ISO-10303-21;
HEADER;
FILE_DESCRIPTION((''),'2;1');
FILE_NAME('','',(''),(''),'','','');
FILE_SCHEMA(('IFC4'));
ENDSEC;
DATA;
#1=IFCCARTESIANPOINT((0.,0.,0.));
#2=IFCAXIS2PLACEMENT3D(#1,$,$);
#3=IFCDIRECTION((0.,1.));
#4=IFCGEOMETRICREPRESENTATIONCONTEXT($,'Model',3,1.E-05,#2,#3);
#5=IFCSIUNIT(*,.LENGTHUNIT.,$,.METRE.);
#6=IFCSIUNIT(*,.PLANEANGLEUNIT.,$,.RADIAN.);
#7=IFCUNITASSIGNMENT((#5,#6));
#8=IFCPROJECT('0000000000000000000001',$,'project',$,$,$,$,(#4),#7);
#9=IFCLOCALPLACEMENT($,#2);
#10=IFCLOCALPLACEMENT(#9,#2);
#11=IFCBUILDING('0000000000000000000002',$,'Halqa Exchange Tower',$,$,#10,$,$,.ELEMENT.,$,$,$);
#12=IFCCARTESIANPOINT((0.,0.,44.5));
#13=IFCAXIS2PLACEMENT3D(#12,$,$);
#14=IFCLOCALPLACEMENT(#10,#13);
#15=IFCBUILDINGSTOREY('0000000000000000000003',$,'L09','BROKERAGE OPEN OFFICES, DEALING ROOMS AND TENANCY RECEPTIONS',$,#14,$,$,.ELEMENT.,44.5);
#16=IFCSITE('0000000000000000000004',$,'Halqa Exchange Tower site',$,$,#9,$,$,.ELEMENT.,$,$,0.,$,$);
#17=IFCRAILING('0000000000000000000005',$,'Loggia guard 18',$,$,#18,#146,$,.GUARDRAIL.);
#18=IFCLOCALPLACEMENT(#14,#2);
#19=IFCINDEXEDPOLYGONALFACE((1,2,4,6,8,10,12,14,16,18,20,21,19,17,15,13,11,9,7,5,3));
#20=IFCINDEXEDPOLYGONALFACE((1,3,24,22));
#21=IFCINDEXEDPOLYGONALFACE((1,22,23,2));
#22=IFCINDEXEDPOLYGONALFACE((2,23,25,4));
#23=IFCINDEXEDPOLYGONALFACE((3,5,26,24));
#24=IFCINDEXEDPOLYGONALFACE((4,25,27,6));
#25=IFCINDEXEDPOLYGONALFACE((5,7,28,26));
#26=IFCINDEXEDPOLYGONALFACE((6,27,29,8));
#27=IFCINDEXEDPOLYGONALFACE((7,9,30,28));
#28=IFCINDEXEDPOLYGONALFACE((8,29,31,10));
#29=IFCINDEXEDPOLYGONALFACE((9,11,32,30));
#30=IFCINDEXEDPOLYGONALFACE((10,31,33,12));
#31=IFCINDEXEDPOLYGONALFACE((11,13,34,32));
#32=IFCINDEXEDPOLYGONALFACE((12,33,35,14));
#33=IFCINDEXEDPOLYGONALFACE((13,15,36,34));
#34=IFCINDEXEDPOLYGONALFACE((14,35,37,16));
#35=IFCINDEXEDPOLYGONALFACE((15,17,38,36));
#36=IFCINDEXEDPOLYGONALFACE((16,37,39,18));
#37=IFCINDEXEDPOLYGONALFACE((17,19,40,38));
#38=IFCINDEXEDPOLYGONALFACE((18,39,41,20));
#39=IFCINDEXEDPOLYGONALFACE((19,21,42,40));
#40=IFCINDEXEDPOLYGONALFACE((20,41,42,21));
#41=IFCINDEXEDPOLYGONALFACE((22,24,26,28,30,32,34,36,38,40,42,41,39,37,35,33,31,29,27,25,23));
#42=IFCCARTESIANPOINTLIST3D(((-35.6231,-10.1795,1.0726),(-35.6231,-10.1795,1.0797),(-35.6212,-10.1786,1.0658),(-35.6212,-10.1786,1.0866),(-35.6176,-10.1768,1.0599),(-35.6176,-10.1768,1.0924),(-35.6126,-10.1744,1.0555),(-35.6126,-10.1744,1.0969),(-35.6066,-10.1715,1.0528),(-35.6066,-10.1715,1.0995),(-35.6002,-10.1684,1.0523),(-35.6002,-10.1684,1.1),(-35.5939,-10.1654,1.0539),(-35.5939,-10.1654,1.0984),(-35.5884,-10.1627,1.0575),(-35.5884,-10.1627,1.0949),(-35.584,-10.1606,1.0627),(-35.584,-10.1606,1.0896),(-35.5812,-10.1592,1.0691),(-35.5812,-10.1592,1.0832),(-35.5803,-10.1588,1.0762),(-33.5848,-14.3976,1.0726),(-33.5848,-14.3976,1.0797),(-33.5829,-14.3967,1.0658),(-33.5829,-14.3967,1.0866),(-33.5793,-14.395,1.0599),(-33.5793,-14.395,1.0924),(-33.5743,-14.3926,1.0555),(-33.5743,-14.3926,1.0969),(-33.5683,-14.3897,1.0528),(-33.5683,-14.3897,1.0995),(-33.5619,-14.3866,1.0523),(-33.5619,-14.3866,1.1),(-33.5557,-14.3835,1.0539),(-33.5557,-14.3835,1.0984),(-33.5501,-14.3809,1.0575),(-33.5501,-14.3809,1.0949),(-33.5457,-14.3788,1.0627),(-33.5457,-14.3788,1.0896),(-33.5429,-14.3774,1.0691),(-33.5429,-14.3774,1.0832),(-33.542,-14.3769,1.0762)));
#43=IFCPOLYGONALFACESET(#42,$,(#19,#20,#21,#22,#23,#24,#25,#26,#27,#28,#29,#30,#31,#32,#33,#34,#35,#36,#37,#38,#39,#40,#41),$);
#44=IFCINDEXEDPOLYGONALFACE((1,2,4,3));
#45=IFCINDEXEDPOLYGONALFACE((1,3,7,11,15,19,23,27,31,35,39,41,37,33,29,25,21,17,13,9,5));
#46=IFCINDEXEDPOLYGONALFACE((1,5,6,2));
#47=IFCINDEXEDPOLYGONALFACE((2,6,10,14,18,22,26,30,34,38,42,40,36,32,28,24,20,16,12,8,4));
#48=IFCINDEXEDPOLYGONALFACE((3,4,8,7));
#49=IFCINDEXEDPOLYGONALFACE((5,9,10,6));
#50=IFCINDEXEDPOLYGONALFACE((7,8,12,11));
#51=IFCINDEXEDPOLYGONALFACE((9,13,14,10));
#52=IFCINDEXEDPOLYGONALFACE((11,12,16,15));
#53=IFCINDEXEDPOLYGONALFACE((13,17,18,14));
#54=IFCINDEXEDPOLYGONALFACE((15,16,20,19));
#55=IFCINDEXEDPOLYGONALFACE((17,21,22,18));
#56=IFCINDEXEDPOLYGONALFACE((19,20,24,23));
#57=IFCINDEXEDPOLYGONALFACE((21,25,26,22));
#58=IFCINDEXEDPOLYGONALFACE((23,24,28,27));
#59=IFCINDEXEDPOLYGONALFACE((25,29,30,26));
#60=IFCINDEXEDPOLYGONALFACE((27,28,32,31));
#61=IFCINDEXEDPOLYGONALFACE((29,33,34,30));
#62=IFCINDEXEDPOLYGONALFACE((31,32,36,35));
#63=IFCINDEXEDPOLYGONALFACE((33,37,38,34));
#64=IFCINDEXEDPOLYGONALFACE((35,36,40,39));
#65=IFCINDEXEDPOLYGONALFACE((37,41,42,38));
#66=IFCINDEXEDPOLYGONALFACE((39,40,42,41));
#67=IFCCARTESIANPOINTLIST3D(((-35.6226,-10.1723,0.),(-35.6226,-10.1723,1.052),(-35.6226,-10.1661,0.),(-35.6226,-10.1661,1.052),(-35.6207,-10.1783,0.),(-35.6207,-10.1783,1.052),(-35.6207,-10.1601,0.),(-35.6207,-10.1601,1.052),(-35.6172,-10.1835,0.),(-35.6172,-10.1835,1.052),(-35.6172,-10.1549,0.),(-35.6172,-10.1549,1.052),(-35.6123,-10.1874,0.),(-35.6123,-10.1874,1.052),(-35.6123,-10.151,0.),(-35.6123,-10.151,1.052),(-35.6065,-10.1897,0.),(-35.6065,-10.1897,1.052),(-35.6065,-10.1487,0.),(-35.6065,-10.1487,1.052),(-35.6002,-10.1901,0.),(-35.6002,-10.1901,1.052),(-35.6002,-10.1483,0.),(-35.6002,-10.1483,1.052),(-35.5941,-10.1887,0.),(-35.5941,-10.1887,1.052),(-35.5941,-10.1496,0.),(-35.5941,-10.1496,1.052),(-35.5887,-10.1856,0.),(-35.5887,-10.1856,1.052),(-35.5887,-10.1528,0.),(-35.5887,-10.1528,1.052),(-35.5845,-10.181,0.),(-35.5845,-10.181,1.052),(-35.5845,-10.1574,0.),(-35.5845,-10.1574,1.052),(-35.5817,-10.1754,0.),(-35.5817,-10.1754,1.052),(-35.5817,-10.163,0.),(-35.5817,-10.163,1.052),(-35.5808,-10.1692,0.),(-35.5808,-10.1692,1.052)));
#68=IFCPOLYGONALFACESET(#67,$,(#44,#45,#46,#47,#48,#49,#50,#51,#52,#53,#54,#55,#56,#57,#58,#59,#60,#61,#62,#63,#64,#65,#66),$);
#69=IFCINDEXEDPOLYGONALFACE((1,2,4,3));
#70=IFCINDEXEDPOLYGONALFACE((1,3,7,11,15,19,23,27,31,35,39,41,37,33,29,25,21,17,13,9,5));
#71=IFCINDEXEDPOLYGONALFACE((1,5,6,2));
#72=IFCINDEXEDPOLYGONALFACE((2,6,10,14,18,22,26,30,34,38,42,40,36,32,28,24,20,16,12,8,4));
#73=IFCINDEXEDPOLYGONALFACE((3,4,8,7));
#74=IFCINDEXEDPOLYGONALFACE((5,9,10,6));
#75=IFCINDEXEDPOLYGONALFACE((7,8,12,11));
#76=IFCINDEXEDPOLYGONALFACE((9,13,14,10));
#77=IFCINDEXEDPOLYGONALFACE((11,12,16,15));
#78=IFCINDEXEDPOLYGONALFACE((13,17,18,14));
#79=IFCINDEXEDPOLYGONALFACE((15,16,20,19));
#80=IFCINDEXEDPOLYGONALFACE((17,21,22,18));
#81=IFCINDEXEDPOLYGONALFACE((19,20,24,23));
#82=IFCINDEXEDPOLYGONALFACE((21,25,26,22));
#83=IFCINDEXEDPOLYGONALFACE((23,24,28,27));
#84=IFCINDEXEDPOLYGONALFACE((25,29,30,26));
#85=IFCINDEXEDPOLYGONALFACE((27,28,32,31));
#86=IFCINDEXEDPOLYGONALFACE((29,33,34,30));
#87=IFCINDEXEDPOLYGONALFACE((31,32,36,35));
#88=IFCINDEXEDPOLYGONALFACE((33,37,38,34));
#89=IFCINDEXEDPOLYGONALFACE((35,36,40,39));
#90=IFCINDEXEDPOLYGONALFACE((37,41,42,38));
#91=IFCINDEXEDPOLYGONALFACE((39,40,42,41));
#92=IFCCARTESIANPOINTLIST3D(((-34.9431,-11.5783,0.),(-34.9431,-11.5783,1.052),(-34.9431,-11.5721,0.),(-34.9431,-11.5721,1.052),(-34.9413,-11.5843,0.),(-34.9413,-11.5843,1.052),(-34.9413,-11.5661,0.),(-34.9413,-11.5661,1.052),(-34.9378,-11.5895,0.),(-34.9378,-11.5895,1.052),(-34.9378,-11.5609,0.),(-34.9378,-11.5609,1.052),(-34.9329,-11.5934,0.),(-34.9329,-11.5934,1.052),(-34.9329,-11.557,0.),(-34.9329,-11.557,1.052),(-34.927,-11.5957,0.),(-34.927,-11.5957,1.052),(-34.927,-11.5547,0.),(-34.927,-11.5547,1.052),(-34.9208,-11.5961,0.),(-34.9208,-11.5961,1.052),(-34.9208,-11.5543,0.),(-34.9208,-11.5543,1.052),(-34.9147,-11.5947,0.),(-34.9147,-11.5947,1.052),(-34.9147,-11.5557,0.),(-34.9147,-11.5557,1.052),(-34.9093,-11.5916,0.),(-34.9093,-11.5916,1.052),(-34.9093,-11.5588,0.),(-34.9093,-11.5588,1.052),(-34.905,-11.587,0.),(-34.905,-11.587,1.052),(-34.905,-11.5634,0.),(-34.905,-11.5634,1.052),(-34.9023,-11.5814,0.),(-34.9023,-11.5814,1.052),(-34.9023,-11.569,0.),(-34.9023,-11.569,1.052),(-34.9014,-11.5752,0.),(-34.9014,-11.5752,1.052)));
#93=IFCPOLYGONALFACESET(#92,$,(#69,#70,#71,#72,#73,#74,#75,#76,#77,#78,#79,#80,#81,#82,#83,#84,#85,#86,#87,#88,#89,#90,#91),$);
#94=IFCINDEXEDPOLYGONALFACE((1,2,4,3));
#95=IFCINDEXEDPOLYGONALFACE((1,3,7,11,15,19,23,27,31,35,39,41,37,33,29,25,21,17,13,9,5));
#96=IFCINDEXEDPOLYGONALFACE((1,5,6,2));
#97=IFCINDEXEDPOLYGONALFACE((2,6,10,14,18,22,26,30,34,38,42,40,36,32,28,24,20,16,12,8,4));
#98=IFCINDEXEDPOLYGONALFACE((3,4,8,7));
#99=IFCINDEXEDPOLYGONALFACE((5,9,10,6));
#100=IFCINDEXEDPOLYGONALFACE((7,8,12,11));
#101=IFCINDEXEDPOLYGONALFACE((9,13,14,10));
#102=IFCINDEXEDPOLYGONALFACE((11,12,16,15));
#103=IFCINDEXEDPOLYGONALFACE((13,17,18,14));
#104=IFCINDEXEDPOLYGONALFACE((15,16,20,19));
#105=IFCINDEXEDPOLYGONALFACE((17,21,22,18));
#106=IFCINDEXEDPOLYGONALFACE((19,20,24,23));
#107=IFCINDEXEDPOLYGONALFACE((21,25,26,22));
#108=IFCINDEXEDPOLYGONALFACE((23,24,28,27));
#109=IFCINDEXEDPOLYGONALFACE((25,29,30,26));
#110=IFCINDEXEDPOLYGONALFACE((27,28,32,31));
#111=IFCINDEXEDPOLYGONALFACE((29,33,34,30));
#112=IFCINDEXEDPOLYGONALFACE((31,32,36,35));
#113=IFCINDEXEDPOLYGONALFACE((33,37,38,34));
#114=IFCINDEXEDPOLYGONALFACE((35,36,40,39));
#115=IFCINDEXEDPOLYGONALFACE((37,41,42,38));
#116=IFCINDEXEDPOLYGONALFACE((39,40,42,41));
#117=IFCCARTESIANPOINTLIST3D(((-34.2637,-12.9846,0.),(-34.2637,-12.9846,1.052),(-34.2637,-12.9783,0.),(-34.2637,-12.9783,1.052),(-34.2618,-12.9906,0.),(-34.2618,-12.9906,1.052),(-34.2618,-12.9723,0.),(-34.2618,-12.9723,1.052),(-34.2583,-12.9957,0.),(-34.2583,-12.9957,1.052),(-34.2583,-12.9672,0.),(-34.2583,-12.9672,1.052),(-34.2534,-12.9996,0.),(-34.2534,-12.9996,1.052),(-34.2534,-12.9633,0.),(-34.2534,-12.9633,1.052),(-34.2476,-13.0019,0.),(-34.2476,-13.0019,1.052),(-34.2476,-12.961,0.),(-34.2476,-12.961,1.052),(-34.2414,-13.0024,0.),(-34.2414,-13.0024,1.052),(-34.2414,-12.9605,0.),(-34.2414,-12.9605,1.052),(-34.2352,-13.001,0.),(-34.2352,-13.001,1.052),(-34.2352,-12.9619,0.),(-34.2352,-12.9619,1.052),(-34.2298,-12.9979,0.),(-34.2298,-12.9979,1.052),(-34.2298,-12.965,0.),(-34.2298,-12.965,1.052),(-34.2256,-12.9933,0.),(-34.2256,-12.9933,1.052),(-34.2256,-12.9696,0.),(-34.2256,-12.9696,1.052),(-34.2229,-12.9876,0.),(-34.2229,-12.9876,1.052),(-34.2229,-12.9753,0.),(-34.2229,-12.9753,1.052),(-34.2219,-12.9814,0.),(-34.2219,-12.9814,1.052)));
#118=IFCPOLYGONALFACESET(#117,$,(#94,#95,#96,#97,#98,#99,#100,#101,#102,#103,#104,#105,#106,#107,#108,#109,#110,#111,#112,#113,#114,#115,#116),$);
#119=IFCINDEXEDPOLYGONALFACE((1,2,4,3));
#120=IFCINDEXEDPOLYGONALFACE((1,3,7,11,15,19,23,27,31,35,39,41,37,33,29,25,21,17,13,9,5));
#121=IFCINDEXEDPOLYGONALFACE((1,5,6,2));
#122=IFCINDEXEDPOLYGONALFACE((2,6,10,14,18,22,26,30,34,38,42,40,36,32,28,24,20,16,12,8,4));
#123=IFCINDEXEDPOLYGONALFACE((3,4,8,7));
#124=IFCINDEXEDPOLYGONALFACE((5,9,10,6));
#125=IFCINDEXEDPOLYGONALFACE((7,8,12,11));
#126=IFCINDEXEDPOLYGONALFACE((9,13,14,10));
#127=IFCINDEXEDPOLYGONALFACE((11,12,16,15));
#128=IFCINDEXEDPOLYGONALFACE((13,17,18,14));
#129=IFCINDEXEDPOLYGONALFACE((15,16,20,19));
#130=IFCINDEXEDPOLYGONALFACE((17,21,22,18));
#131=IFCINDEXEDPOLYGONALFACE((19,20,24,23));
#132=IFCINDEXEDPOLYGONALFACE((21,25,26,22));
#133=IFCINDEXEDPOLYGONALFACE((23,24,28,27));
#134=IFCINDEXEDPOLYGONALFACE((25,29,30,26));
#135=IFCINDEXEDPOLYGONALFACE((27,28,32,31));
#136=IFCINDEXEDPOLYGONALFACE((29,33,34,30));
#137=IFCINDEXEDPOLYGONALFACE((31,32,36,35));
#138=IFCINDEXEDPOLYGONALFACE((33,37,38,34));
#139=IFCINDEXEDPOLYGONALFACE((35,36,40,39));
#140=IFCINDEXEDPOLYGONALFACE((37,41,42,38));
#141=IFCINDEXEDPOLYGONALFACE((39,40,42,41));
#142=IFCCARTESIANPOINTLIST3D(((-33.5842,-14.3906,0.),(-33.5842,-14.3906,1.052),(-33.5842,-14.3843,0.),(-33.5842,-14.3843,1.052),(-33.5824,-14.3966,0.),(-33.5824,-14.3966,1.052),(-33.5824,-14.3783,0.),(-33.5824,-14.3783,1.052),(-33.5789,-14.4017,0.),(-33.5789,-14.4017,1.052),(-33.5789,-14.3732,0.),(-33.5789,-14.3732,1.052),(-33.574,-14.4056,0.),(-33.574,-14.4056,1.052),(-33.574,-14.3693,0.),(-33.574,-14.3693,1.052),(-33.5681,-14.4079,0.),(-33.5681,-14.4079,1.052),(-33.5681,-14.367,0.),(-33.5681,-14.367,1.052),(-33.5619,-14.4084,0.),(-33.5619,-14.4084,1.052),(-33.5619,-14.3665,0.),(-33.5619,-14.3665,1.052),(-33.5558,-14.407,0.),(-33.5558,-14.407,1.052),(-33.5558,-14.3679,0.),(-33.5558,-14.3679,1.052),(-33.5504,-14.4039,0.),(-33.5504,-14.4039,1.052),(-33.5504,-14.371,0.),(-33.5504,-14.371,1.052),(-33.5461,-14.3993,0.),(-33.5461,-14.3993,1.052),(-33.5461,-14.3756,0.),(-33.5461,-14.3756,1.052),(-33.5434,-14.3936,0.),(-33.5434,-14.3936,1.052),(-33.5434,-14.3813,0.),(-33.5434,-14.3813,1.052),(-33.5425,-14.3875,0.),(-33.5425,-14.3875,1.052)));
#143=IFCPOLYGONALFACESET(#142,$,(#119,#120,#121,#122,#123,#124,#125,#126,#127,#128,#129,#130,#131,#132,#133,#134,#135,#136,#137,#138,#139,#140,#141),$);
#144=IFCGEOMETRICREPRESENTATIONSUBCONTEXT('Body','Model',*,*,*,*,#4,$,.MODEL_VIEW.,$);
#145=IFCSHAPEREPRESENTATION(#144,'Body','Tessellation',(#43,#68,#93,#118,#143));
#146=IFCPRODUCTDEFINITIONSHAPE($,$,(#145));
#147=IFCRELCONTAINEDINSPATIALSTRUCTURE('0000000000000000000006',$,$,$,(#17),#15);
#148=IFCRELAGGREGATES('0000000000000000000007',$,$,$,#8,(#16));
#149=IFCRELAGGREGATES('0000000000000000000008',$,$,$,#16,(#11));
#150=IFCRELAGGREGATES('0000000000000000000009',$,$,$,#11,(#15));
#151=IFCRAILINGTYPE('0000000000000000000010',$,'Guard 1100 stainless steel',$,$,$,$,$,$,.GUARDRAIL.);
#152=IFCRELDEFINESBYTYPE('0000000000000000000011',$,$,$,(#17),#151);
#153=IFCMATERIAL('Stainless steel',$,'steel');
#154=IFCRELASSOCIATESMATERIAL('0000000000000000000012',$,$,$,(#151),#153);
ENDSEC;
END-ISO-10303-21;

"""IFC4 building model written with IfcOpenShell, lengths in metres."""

from ifc_helpers import new_model, si_unit, direction, frame, origin, origin_2d, place, context, subcontext, project, spatial, circle, extrude, material, type_object, element, save


model = new_model("IFC4")

# Units and contexts
model_context = context("Model", 3, precision=1e-05, world=origin(), true_north=direction((0.0, 1.0)))
body_context = subcontext(model_context, "Body", "Model", "MODEL_VIEW")
ifc_project = project(units=[si_unit("LENGTHUNIT", "METRE"), si_unit("PLANEANGLEUNIT", "RADIAN")], contexts=[model_context])

# Site, building, storey
site_placement = place(None, origin())
site = spatial("IfcSite", under=ifc_project, at=site_placement, Name="Halqa Exchange Tower site", CompositionType="ELEMENT", RefElevation=0.0)
building_placement = place(site_placement, origin())
building = spatial("IfcBuilding", under=site, at=building_placement, Name="Halqa Exchange Tower", CompositionType="ELEMENT")
storey_placement = place(building_placement, frame((0.0, 0.0, 44.5)))
storey = spatial("IfcBuildingStorey", under=building, at=storey_placement, Name="L09", Description="BROKERAGE OPEN OFFICES, DEALING ROOMS AND TENANCY RECEPTIONS", CompositionType="ELEMENT", Elevation=44.5)

# Railing
ifc_material_1 = material(Name="Stainless steel", Category="steel")
railing_type = type_object("IfcRailingType", Name="Guard 1100 stainless steel", PredefinedType="GUARDRAIL", material=ifc_material_1)
railing_1_placement = place(storey_placement, frame((-35.6018, -10.1692, 0.0)))
element("IfcRailing", 1, at=railing_1_placement, inside=storey, type_object=railing_type, Name="Loggia guard 18", PredefinedType="GUARDRAIL", context=body_context, shape_type="SweptSolid", body=[
    extrude(circle(Radius=0.0239, at=origin_2d()), frame((0.0, 0.0, 1.0762), z_axis=(0.435083, -0.90039, 0.0), x_axis=(0.90039, 0.435083, 0.0)), (0.0, 0.0, 1.0), 4.6848),
    extrude(circle(Radius=0.021, at=origin_2d()), origin(), (0.0, 0.0, 1.0), 1.052),
    extrude(circle(Radius=0.021, at=origin_2d()), frame((0.6794, -1.406, 0.0)), (0.0, 0.0, 1.0), 1.052),
    extrude(circle(Radius=0.021, at=origin_2d()), frame((1.3589, -2.8123, 0.0)), (0.0, 0.0, 1.0), 1.052),
    extrude(circle(Radius=0.021, at=origin_2d()), frame((2.0383, -4.2183, 0.0)), (0.0, 0.0, 1.0), 1.052),
])

save(model, "model.ifc")
